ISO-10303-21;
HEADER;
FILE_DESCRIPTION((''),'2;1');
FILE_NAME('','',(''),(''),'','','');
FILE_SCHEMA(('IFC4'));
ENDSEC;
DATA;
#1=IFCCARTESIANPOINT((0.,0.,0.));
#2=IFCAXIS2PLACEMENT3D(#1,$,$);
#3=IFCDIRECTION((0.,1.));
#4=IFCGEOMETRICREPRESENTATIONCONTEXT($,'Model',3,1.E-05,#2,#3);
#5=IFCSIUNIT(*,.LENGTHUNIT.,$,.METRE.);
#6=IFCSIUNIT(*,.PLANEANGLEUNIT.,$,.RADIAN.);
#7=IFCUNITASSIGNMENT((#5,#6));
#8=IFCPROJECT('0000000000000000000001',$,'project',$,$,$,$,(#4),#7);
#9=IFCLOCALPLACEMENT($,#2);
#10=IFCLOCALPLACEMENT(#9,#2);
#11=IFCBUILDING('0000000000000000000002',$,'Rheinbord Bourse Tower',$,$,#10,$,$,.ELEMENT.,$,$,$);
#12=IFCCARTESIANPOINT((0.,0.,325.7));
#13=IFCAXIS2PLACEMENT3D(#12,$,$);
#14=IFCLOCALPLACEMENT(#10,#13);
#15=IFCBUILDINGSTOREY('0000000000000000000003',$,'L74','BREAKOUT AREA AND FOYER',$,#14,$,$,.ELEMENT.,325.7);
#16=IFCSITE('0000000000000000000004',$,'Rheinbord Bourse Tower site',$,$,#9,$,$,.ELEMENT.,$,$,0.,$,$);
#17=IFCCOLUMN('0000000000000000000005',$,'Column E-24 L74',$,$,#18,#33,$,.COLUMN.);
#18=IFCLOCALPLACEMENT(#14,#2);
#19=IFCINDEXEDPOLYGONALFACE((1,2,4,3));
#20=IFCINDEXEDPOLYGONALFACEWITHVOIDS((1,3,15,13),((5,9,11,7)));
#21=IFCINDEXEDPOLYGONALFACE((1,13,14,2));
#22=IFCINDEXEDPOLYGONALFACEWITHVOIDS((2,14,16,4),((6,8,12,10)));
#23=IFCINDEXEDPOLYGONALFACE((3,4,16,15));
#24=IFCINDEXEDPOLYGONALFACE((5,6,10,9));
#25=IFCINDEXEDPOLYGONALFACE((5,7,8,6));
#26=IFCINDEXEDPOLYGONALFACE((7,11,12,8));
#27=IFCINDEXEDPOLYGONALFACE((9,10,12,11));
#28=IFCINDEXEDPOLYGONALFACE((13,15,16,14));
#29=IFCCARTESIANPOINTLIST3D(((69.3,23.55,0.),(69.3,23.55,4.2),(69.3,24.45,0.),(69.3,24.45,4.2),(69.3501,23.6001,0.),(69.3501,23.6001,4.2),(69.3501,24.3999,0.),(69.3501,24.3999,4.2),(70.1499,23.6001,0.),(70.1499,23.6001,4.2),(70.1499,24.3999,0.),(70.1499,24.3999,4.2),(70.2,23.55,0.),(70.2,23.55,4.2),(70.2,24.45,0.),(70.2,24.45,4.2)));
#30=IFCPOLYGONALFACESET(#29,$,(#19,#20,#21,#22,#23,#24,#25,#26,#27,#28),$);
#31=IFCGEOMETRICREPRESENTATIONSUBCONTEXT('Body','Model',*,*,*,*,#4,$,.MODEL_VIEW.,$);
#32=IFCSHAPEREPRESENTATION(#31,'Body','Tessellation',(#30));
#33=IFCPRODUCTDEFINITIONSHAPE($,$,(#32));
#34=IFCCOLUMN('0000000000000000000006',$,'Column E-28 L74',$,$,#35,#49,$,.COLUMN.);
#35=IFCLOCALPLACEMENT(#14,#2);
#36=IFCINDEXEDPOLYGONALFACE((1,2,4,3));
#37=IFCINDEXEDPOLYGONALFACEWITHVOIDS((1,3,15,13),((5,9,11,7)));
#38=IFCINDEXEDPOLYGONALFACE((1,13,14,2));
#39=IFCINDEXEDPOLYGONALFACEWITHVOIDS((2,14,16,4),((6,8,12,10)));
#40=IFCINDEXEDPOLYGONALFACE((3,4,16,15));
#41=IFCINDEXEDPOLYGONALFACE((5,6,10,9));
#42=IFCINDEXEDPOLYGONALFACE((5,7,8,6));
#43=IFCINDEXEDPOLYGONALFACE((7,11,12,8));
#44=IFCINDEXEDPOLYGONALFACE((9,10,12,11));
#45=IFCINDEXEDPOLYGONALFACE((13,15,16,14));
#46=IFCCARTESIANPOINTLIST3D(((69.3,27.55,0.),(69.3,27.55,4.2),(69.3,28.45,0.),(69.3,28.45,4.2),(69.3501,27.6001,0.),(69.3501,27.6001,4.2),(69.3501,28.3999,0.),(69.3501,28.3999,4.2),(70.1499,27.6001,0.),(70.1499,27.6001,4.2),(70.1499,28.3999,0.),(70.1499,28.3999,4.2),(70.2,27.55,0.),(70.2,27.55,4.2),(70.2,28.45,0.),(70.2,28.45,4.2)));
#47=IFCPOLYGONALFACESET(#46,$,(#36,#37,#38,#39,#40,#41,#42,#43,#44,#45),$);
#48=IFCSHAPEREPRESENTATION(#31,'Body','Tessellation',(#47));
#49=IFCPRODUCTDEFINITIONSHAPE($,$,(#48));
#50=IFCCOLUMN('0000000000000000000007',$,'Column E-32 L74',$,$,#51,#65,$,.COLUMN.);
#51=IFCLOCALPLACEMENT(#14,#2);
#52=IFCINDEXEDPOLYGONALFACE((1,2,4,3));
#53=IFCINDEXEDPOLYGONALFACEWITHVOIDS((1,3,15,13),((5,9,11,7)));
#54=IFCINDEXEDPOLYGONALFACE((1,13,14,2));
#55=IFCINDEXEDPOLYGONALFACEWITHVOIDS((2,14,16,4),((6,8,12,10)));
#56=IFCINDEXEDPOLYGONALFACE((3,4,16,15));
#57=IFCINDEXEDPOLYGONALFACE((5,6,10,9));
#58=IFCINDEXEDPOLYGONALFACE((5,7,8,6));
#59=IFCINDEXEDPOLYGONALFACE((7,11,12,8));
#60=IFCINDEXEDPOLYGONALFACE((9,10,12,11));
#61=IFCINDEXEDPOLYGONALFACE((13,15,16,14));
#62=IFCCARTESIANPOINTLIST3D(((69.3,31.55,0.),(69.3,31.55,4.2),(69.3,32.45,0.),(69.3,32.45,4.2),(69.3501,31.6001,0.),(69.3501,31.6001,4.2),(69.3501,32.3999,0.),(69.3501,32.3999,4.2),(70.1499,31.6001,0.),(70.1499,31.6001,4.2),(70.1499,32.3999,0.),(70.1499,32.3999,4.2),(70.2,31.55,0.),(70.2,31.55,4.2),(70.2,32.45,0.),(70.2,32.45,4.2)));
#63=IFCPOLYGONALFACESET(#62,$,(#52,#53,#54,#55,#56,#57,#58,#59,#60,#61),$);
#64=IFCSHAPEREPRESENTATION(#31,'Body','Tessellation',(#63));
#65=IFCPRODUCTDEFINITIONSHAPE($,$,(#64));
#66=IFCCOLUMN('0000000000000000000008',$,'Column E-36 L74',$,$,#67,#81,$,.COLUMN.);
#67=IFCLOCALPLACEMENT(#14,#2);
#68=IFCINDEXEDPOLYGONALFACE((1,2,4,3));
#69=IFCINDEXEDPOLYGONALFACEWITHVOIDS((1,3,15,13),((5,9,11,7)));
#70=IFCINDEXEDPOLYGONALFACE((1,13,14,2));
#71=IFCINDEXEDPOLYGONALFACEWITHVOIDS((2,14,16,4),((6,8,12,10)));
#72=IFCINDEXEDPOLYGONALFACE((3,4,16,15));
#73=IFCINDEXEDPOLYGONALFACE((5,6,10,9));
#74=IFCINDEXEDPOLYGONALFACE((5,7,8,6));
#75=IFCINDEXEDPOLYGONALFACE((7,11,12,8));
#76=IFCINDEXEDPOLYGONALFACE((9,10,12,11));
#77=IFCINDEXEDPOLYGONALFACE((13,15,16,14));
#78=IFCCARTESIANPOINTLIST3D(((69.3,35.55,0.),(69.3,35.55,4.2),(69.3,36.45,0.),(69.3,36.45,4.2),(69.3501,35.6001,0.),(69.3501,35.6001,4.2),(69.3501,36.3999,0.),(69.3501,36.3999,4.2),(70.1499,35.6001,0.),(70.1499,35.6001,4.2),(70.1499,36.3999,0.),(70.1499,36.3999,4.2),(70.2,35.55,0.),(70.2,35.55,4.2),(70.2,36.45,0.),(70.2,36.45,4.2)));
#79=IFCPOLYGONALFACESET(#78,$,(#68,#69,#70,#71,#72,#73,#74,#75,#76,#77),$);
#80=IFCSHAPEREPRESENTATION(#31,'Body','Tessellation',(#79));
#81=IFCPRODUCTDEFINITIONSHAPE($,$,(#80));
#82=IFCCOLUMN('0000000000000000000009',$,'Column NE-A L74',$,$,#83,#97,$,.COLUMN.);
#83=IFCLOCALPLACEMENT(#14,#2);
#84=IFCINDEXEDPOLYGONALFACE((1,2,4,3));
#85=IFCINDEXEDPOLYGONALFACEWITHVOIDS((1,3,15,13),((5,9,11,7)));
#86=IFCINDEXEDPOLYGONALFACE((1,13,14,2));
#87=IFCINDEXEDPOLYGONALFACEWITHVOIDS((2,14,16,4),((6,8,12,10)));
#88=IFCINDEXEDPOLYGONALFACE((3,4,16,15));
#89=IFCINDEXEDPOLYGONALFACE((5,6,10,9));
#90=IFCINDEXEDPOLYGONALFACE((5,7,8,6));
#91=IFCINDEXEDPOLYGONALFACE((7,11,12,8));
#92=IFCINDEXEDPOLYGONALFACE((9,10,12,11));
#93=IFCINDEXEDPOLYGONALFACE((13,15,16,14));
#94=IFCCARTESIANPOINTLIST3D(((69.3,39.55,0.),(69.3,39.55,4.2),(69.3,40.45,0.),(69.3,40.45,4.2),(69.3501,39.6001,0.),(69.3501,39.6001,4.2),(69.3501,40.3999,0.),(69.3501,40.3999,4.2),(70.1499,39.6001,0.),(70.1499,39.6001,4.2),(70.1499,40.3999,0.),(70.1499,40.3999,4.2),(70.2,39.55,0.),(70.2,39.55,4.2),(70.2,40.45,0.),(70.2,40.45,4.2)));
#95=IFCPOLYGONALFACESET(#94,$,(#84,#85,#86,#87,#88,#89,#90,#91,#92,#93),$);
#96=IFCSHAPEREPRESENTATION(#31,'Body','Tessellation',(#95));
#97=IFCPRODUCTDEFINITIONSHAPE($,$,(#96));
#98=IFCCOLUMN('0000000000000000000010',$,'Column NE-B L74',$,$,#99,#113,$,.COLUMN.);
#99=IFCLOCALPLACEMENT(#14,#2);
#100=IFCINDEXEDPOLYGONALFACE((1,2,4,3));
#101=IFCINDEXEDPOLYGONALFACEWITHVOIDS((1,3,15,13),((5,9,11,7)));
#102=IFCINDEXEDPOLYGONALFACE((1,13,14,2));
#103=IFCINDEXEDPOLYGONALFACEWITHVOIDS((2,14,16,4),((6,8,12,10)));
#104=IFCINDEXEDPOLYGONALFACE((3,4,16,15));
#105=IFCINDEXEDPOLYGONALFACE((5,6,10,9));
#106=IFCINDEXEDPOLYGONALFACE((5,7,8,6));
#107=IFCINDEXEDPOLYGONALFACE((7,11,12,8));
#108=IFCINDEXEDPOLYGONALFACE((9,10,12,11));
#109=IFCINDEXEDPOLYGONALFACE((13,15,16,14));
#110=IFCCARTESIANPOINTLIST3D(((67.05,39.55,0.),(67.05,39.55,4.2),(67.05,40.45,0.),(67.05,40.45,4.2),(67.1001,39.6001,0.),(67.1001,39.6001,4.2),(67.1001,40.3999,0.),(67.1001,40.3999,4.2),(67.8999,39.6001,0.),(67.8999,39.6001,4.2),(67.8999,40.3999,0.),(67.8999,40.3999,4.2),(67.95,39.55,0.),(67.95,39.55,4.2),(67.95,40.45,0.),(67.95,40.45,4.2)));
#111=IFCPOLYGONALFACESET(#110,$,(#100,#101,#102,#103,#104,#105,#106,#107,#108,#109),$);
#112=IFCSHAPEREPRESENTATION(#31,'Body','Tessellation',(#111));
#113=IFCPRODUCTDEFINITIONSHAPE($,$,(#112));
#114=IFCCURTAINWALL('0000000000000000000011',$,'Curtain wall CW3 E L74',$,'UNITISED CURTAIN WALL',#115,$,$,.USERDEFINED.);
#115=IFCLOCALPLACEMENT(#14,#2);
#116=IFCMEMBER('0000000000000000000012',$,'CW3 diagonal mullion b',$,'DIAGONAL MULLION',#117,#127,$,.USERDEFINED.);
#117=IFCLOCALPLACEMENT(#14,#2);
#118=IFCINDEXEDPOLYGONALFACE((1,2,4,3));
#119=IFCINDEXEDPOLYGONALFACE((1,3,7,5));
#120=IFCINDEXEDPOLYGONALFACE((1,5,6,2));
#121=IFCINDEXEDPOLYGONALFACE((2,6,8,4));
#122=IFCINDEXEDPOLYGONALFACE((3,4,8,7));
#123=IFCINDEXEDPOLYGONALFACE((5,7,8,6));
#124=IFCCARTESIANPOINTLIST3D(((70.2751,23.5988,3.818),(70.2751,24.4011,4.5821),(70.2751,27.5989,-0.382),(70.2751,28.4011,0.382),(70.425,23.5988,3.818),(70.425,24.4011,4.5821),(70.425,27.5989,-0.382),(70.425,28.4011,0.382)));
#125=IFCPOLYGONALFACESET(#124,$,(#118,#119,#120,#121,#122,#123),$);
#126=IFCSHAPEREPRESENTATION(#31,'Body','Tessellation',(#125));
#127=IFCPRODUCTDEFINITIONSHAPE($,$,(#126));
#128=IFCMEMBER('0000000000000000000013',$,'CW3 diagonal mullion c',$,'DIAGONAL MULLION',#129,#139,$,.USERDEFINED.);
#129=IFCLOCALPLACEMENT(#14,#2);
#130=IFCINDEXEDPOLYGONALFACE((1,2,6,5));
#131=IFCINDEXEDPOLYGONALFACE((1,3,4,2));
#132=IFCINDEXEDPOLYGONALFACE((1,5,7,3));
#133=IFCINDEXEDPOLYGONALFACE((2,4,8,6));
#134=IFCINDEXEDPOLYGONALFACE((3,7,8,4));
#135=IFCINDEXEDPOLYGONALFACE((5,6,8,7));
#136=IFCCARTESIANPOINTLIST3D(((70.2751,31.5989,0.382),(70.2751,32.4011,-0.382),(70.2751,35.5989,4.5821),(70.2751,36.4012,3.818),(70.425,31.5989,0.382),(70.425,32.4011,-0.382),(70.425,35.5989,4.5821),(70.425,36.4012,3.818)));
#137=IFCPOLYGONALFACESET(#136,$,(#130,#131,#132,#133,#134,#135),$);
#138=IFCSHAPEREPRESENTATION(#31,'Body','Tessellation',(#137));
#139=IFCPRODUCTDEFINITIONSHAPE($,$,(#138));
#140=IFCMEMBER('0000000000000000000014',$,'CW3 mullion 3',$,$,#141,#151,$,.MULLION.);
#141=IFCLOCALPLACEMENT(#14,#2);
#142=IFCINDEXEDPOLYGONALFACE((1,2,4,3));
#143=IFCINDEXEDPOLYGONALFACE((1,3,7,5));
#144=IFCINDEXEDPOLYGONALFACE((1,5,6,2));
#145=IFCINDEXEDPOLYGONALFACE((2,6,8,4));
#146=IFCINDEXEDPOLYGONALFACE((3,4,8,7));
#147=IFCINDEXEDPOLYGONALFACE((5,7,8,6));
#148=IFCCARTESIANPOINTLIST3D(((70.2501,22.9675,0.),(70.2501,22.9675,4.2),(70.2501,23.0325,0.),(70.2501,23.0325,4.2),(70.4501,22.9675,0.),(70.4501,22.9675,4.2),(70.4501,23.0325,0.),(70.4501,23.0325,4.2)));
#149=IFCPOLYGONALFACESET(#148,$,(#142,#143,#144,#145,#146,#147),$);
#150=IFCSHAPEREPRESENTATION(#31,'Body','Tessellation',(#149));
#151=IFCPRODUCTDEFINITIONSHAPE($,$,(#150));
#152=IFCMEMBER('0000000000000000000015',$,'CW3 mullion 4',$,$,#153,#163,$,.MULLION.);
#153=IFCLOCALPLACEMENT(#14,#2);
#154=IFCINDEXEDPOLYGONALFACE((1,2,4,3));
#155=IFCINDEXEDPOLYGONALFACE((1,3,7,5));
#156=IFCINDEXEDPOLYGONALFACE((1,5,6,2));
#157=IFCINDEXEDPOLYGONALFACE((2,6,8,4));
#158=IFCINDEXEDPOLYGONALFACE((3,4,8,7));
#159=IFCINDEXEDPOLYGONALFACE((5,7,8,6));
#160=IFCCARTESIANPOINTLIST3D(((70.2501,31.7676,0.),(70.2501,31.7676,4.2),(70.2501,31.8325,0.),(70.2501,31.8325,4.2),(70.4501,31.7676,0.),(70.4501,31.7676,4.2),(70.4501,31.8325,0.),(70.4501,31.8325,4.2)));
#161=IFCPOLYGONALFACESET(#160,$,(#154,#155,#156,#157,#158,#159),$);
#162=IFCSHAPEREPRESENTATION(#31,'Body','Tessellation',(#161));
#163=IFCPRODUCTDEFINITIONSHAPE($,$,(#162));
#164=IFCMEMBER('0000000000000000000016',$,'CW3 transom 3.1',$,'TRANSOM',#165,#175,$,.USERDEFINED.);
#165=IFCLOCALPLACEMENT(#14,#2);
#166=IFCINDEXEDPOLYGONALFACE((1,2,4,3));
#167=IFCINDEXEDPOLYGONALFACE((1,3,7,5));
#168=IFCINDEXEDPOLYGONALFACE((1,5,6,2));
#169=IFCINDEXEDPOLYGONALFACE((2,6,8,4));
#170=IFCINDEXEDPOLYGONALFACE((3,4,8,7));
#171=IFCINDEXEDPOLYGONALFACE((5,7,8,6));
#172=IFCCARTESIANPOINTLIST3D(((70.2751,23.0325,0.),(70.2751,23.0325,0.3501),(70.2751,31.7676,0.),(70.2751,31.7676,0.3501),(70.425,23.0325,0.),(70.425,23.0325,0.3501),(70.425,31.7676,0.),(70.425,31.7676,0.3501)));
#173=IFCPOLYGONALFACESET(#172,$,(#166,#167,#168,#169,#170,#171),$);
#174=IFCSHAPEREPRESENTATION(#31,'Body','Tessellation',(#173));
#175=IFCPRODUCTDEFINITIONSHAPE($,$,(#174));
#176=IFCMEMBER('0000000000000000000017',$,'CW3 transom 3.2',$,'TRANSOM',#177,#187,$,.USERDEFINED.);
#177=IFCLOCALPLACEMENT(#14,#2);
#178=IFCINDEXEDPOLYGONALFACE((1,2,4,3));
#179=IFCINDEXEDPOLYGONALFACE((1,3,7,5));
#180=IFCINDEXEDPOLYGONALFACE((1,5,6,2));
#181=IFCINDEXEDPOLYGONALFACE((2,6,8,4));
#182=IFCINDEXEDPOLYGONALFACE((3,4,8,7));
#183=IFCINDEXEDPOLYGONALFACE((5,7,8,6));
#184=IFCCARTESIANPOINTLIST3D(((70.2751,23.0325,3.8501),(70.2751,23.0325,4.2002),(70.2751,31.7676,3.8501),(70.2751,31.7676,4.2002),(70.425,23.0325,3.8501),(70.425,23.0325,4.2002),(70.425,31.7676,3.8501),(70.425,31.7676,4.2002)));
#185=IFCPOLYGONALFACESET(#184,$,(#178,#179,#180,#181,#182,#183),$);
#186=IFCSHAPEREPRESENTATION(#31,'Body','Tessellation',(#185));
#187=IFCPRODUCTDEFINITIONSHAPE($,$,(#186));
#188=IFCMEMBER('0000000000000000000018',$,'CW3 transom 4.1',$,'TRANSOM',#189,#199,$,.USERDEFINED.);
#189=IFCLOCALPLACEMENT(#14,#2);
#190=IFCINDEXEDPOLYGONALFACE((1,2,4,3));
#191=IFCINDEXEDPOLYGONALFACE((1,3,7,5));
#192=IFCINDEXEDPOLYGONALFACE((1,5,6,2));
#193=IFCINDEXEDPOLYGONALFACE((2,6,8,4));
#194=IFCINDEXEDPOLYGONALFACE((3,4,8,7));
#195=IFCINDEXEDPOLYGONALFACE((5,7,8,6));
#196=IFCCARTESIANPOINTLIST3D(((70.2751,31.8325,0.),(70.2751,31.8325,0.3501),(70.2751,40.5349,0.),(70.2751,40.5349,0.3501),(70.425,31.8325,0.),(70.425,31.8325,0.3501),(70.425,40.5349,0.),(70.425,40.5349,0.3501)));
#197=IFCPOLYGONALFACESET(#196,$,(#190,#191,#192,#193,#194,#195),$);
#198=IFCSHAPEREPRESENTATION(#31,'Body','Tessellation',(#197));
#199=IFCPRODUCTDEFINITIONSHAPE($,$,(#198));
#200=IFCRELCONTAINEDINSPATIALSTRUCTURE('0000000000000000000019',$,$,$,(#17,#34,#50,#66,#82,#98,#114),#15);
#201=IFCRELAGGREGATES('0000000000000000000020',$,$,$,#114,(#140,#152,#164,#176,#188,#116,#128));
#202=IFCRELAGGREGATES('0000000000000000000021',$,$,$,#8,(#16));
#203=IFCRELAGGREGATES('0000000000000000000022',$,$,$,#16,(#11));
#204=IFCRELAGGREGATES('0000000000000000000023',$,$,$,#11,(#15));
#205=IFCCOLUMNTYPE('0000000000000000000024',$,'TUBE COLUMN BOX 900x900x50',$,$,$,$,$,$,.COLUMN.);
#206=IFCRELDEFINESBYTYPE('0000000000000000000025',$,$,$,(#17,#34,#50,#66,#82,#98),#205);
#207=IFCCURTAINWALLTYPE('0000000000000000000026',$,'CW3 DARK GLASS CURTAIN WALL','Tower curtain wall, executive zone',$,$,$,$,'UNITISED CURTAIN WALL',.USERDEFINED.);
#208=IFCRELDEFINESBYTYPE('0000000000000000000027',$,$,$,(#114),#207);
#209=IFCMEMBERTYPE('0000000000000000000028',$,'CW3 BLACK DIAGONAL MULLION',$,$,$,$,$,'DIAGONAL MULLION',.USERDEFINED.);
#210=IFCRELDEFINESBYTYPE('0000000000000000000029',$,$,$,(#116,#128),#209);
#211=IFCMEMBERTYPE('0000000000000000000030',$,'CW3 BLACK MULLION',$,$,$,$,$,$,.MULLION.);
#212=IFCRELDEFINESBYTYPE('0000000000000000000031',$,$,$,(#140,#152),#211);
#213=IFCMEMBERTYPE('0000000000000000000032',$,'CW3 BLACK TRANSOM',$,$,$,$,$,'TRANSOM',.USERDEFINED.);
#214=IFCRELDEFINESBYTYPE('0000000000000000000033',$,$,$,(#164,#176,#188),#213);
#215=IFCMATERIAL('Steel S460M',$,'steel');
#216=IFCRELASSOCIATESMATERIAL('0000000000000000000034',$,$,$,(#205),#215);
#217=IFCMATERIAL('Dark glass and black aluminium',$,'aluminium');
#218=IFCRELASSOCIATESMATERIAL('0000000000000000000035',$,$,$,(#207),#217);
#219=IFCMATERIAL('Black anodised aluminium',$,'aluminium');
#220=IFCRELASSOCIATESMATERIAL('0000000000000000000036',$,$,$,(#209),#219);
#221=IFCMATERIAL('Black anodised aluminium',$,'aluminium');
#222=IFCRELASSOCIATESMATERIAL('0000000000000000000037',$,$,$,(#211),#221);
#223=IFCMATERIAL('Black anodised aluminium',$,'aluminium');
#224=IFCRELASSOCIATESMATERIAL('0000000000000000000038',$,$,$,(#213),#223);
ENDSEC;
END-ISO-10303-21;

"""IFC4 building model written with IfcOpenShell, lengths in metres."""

from ifc_helpers import new_model, si_unit, direction, frame, origin, origin_2d, place, context, subcontext, project, spatial, rectangle, hollow_rectangle, extrude, material, material_profile, profile_set, type_object, element, aggregate, save


model = new_model("IFC4")

# Units and contexts
model_context = context("Model", 3, precision=1e-05, world=origin(), true_north=direction((0.0, 1.0)))
body_context = subcontext(model_context, "Body", "Model", "MODEL_VIEW")
ifc_project = project(units=[si_unit("LENGTHUNIT", "METRE"), si_unit("PLANEANGLEUNIT", "RADIAN")], contexts=[model_context])

# Site, building, storey
site_placement = place(None, origin())
site = spatial("IfcSite", under=ifc_project, at=site_placement, Name="Rheinbord Bourse Tower site", CompositionType="ELEMENT", RefElevation=0.0)
building_placement = place(site_placement, origin())
building = spatial("IfcBuilding", under=site, at=building_placement, Name="Rheinbord Bourse Tower", CompositionType="ELEMENT")
storey_placement = place(building_placement, frame((0.0, 0.0, 325.7)))
storey = spatial("IfcBuildingStorey", under=building, at=storey_placement, Name="L74", Description="BREAKOUT AREA AND FOYER", CompositionType="ELEMENT", Elevation=325.7)

# Columns
ifc_material_1 = material(Name="Steel S460M", Category="steel")
ifc_material_profile_1 = material_profile(ifc_material_1, hollow_rectangle(XDim=0.8999, YDim=0.8999, WallThickness=0.05, at=origin_2d()), Name="BOX 900x900x50")
ifc_profile_set_1 = profile_set([ifc_material_profile_1], Name="Steel S460M")
column_type = type_object("IfcColumnType", Name="TUBE COLUMN BOX 900x900x50", PredefinedType="COLUMN", material=ifc_profile_set_1)
for number, where, z_axis, x_axis, name in (
    (1, (69.75, 24.0, 0.0), (0.0, 0.0, 1.0), (1.0, 0.0, 0.0), "Column E-24 L74"),
    (2, (69.75, 28.0, 0.0), (0.0, 0.0, 1.0), (1.0, 0.0, 0.0), "Column E-28 L74"),
    (3, (69.75, 32.0, 0.0), (0.0, 0.0, 1.0), (1.0, 0.0, 0.0), "Column E-32 L74"),
    (4, (69.75, 36.0, 0.0), (0.0, 0.0, 1.0), (1.0, 0.0, 0.0), "Column E-36 L74"),
    (5, (69.75, 40.0, 0.0), (0.0, 0.0, 1.0), (1.0, 0.0, 0.0), "Column NE-A L74"),
    (6, (67.5, 40.0, 0.0), (0.0, 0.0, 1.0), (1.0, 0.0, 0.0), "Column NE-B L74"),
):
    element("IfcColumn", number, at=place(storey_placement, frame(where, z_axis=z_axis, x_axis=x_axis)), inside=storey, type_object=column_type, Name=name, PredefinedType="COLUMN", context=body_context, shape_type="SweptSolid", body=[
        extrude(hollow_rectangle(XDim=0.8999, YDim=0.8999, WallThickness=0.05, at=origin_2d()), origin(), (0.0, 0.0, 1.0), 4.2),
    ])

# Curtain wall, members
ifc_material_2 = material(Name="Dark glass and black aluminium", Category="aluminium")
curtain_wall_type = type_object("IfcCurtainWallType", Name="CW3 DARK GLASS CURTAIN WALL", Description="Tower curtain wall, executive zone", ElementType="UNITISED CURTAIN WALL", PredefinedType="USERDEFINED", material=ifc_material_2)
curtain_wall_placement = place(storey_placement, origin())
curtain_wall = element("IfcCurtainWall", 7, at=curtain_wall_placement, inside=storey, type_object=curtain_wall_type, Name="Curtain wall CW3 E L74", ObjectType="UNITISED CURTAIN WALL", PredefinedType="USERDEFINED")
ifc_material_3 = material(Name="Black anodised aluminium", Category="aluminium")
ifc_material_profile_2 = material_profile(ifc_material_3, rectangle(XDim=0.1499, YDim=1.1079, at=origin_2d()), Name="CW3 DIAGONAL MULLION 1108x150")
ifc_profile_set_2 = profile_set([ifc_material_profile_2], Name="Black anodised aluminium")
member_type_1 = type_object("IfcMemberType", Name="CW3 BLACK DIAGONAL MULLION", ElementType="DIAGONAL MULLION", PredefinedType="USERDEFINED", material=ifc_profile_set_2)
member_1_placement = place(storey_placement, frame((70.3501, 28.0, 0.0), z_axis=(0.0, -0.689659, 0.724134), x_axis=(1.0, 0.0, 0.0)))
member_1 = element("IfcMember", 8, at=member_1_placement, type_object=member_type_1, Name="CW3 diagonal mullion b", ObjectType="DIAGONAL MULLION", PredefinedType="USERDEFINED", context=body_context, shape_type="SweptSolid", body=[
    extrude(rectangle(XDim=0.1499, YDim=1.1079, at=origin_2d()), origin(), (0.0, 0.0, 1.0), 5.8),
])
member_2_placement = place(storey_placement, frame((70.3501, 32.0, 0.0), z_axis=(0.0, 0.689659, 0.724134), x_axis=(-1.0, 0.0, 0.0)))
member_2 = element("IfcMember", 9, at=member_2_placement, type_object=member_type_1, Name="CW3 diagonal mullion c", ObjectType="DIAGONAL MULLION", PredefinedType="USERDEFINED", context=body_context, shape_type="SweptSolid", body=[
    extrude(rectangle(XDim=0.1499, YDim=1.1079, at=origin_2d()), origin(), (0.0, 0.0, 1.0), 5.8),
])
ifc_material_4 = material(Name="Black anodised aluminium", Category="aluminium")
ifc_material_profile_3 = material_profile(ifc_material_4, rectangle(XDim=0.2, YDim=0.0649, at=origin_2d()), Name="CW3 MULLION 65x200")
ifc_profile_set_3 = profile_set([ifc_material_profile_3], Name="Black anodised aluminium")
member_type_2 = type_object("IfcMemberType", Name="CW3 BLACK MULLION", PredefinedType="MULLION", material=ifc_profile_set_3)
member_3_placement = place(storey_placement, frame((70.3501, 23.0, 0.0), z_axis=(0.0, 0.0, 1.0), x_axis=(-1.0, 0.0, 0.0)))
member_3 = element("IfcMember", 10, at=member_3_placement, type_object=member_type_2, Name="CW3 mullion 3", PredefinedType="MULLION", context=body_context, shape_type="SweptSolid", body=[
    extrude(rectangle(XDim=0.2, YDim=0.0649, at=origin_2d()), origin(), (0.0, 0.0, 1.0), 4.2),
])
member_4_placement = place(storey_placement, frame((70.3501, 31.8, 0.0), z_axis=(0.0, 0.0, 1.0), x_axis=(-1.0, 0.0, 0.0)))
member_4 = element("IfcMember", 11, at=member_4_placement, type_object=member_type_2, Name="CW3 mullion 4", PredefinedType="MULLION", context=body_context, shape_type="SweptSolid", body=[
    extrude(rectangle(XDim=0.2, YDim=0.0649, at=origin_2d()), origin(), (0.0, 0.0, 1.0), 4.2),
])
ifc_material_5 = material(Name="Black anodised aluminium", Category="aluminium")
ifc_material_profile_4 = material_profile(ifc_material_5, rectangle(XDim=0.1499, YDim=0.3501, at=origin_2d()), Name="CW3 TRANSOM 350x150")
ifc_profile_set_4 = profile_set([ifc_material_profile_4], Name="Black anodised aluminium")
member_type_3 = type_object("IfcMemberType", Name="CW3 BLACK TRANSOM", ElementType="TRANSOM", PredefinedType="USERDEFINED", material=ifc_profile_set_4)
member_5_placement = place(storey_placement, frame((70.3501, 23.0325, 0.175), z_axis=(0.0, 1.0, 0.0), x_axis=(-1.0, 0.0, 0.0)))
member_5 = element("IfcMember", 12, at=member_5_placement, type_object=member_type_3, Name="CW3 transom 3.1", ObjectType="TRANSOM", PredefinedType="USERDEFINED", context=body_context, shape_type="SweptSolid", body=[
    extrude(rectangle(XDim=0.1499, YDim=0.3501, at=origin_2d()), origin(), (0.0, 0.0, 1.0), 8.7351),
])
member_6_placement = place(storey_placement, frame((70.3501, 23.0325, 4.0251), z_axis=(0.0, 1.0, 0.0), x_axis=(-1.0, 0.0, 0.0)))
member_6 = element("IfcMember", 13, at=member_6_placement, type_object=member_type_3, Name="CW3 transom 3.2", ObjectType="TRANSOM", PredefinedType="USERDEFINED", context=body_context, shape_type="SweptSolid", body=[
    extrude(rectangle(XDim=0.1499, YDim=0.3501, at=origin_2d()), origin(), (0.0, 0.0, 1.0), 8.7351),
])
member_7_placement = place(storey_placement, frame((70.3501, 31.8325, 0.175), z_axis=(0.0, 1.0, 0.0), x_axis=(-1.0, 0.0, 0.0)))
member_7 = element("IfcMember", 14, at=member_7_placement, type_object=member_type_3, Name="CW3 transom 4.1", ObjectType="TRANSOM", PredefinedType="USERDEFINED", context=body_context, shape_type="SweptSolid", body=[
    extrude(rectangle(XDim=0.1499, YDim=0.3501, at=origin_2d()), origin(), (0.0, 0.0, 1.0), 8.7024),
])

aggregate(curtain_wall, [member_3, member_4, member_5, member_6, member_7, member_1, member_2])

save(model, "model.ifc")
